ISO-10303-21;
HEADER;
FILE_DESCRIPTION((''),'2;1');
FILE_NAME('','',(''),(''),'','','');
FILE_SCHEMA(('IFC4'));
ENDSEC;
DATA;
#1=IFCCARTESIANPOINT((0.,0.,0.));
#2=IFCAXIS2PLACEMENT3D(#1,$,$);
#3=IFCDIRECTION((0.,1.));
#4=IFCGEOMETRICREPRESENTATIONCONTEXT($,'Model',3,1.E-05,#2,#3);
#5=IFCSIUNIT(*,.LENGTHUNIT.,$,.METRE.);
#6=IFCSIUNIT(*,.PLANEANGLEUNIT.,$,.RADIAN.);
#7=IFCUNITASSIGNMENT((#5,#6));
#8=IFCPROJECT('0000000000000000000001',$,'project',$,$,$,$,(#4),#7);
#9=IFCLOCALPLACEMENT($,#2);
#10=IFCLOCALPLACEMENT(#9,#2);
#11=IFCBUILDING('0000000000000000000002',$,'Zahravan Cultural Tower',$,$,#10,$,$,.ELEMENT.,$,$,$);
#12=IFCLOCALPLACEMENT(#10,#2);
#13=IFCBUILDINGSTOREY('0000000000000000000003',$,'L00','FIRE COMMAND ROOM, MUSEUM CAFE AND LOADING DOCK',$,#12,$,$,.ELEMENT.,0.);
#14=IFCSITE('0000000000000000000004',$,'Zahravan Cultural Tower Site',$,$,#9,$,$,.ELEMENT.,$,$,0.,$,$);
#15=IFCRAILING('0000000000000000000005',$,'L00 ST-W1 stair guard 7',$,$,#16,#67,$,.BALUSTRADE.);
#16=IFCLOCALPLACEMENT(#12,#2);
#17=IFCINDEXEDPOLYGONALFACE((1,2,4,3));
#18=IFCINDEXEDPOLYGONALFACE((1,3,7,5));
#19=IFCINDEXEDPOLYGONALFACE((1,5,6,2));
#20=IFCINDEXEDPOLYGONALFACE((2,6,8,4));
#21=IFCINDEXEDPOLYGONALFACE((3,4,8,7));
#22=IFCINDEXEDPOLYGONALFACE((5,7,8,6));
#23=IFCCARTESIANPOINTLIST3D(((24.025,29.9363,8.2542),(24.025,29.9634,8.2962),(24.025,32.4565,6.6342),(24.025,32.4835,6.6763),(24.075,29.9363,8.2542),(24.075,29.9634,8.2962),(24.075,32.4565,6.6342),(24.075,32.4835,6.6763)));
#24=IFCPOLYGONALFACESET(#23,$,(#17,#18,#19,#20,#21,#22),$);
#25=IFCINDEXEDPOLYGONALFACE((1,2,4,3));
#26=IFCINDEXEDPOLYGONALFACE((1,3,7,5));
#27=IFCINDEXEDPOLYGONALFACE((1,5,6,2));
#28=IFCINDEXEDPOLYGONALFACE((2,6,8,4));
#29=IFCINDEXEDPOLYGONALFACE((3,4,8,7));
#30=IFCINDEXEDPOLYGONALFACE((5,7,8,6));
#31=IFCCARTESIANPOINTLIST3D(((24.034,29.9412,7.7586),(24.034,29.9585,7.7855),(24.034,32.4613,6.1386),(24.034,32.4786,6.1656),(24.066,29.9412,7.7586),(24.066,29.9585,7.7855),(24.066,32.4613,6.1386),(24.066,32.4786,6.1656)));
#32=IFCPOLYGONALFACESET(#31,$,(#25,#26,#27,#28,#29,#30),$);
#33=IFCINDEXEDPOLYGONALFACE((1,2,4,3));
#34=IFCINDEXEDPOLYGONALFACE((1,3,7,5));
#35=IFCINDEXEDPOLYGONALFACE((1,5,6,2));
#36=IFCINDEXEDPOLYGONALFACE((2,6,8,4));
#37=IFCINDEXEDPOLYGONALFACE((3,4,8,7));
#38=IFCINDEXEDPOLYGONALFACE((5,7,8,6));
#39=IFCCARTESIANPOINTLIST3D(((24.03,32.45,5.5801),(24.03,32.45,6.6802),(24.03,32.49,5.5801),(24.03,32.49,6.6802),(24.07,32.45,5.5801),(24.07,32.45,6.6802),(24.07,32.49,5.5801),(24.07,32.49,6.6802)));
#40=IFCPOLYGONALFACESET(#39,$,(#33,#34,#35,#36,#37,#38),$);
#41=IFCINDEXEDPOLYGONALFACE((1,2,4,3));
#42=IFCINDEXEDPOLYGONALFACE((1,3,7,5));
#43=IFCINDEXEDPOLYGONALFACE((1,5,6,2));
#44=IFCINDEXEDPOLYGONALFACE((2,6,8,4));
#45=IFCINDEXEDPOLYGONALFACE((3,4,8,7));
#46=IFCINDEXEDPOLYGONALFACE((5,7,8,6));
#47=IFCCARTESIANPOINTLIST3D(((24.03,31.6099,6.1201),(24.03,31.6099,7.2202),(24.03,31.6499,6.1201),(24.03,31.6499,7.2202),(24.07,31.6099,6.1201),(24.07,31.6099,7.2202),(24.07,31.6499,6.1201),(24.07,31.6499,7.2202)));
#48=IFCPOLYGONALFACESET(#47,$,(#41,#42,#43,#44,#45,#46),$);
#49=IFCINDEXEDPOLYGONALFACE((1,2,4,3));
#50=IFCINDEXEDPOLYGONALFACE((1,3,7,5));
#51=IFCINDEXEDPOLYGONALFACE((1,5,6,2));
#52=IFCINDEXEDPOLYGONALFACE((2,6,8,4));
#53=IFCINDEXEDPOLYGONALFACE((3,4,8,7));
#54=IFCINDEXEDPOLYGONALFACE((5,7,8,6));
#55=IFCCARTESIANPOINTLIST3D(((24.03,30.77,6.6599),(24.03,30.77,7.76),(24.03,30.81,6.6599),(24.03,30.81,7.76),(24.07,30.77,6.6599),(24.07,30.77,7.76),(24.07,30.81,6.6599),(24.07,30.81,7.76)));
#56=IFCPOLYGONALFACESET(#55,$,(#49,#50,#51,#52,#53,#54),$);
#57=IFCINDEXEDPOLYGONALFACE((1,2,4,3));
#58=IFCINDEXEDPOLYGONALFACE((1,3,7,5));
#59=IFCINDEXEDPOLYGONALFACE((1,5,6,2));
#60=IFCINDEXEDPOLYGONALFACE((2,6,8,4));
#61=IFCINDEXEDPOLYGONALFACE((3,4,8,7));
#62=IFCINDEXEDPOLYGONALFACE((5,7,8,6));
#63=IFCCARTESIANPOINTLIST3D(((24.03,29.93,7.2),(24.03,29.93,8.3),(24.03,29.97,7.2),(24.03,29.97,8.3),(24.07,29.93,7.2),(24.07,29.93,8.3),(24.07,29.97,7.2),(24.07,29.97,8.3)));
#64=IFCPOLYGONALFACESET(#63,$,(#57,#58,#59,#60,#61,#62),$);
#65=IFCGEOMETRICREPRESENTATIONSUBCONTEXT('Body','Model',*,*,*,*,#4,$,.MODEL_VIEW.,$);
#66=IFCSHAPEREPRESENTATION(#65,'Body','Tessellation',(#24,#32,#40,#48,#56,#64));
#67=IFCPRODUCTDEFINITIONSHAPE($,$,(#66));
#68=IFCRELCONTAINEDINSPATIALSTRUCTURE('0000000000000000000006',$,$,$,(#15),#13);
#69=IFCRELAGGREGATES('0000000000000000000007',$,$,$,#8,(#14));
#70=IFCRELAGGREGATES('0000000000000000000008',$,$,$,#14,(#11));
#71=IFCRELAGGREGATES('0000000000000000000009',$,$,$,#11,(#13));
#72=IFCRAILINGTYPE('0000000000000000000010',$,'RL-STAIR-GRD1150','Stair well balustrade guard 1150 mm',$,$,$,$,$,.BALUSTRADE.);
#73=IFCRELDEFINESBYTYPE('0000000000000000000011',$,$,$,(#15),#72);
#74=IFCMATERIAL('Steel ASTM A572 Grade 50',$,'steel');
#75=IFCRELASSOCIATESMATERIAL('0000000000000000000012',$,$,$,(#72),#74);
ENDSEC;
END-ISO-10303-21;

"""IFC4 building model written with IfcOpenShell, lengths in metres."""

from ifc_helpers import new_model, si_unit, direction, frame, origin, origin_2d, place, context, subcontext, project, spatial, rectangle, extrude, material, type_object, element, save


model = new_model("IFC4")

# Units and contexts
model_context = context("Model", 3, precision=1e-05, world=origin(), true_north=direction((0.0, 1.0)))
body_context = subcontext(model_context, "Body", "Model", "MODEL_VIEW")
ifc_project = project(units=[si_unit("LENGTHUNIT", "METRE"), si_unit("PLANEANGLEUNIT", "RADIAN")], contexts=[model_context])

# Site, building, storey
site_placement = place(None, origin())
site = spatial("IfcSite", under=ifc_project, at=site_placement, Name="Zahravan Cultural Tower Site", CompositionType="ELEMENT", RefElevation=0.0)
building_placement = place(site_placement, origin())
building = spatial("IfcBuilding", under=site, at=building_placement, Name="Zahravan Cultural Tower", CompositionType="ELEMENT")
storey_placement = place(building_placement, origin())
storey = spatial("IfcBuildingStorey", under=building, at=storey_placement, Name="L00", Description="FIRE COMMAND ROOM, MUSEUM CAFE AND LOADING DOCK", CompositionType="ELEMENT", Elevation=0.0)

# Shared definitions
ifc_material_1 = material(Name="Steel ASTM A572 Grade 50", Category="steel")

# Railing
railing_type_1 = type_object("IfcRailingType", Name="RL-STAIR-GRD1150", Description="Stair well balustrade guard 1150 mm", PredefinedType="BALUSTRADE", material=ifc_material_1)
railing_1_placement = place(storey_placement, frame((24.05, 32.47, 5.5801)))
element("IfcRailing", 1, at=railing_1_placement, inside=storey, type_object=railing_type_1, Name="L00 ST-W1 stair guard 7", PredefinedType="BALUSTRADE", context=body_context, shape_type="SweptSolid", body=[
    extrude(rectangle(XDim=0.05, YDim=0.05, at=origin_2d()), frame((0.0, 0.0, 1.0752), z_axis=(0.0, -0.8412, 0.540725), x_axis=(1.0, 0.0, 0.0)), (0.0, 0.0, 1.0), 2.9958),
    extrude(rectangle(XDim=0.032, YDim=0.032, at=origin_2d()), frame((0.0, 0.0, 0.572), z_axis=(0.0, -0.8412, 0.540725), x_axis=(1.0, 0.0, 0.0)), (0.0, 0.0, 1.0), 2.9958),
    extrude(rectangle(XDim=0.04, YDim=0.04, at=origin_2d()), origin(), (0.0, 0.0, 1.0), 1.1001),
    extrude(rectangle(XDim=0.04, YDim=0.04, at=origin_2d()), frame((0.0, -0.8401, 0.54)), (0.0, 0.0, 1.0), 1.1001),
    extrude(rectangle(XDim=0.04, YDim=0.04, at=origin_2d()), frame((0.0, -1.6799, 1.0798)), (0.0, 0.0, 1.0), 1.1001),
    extrude(rectangle(XDim=0.04, YDim=0.04, at=origin_2d()), frame((0.0, -2.52, 1.6199)), (0.0, 0.0, 1.0), 1.1001),
])

save(model, "model.ifc")
